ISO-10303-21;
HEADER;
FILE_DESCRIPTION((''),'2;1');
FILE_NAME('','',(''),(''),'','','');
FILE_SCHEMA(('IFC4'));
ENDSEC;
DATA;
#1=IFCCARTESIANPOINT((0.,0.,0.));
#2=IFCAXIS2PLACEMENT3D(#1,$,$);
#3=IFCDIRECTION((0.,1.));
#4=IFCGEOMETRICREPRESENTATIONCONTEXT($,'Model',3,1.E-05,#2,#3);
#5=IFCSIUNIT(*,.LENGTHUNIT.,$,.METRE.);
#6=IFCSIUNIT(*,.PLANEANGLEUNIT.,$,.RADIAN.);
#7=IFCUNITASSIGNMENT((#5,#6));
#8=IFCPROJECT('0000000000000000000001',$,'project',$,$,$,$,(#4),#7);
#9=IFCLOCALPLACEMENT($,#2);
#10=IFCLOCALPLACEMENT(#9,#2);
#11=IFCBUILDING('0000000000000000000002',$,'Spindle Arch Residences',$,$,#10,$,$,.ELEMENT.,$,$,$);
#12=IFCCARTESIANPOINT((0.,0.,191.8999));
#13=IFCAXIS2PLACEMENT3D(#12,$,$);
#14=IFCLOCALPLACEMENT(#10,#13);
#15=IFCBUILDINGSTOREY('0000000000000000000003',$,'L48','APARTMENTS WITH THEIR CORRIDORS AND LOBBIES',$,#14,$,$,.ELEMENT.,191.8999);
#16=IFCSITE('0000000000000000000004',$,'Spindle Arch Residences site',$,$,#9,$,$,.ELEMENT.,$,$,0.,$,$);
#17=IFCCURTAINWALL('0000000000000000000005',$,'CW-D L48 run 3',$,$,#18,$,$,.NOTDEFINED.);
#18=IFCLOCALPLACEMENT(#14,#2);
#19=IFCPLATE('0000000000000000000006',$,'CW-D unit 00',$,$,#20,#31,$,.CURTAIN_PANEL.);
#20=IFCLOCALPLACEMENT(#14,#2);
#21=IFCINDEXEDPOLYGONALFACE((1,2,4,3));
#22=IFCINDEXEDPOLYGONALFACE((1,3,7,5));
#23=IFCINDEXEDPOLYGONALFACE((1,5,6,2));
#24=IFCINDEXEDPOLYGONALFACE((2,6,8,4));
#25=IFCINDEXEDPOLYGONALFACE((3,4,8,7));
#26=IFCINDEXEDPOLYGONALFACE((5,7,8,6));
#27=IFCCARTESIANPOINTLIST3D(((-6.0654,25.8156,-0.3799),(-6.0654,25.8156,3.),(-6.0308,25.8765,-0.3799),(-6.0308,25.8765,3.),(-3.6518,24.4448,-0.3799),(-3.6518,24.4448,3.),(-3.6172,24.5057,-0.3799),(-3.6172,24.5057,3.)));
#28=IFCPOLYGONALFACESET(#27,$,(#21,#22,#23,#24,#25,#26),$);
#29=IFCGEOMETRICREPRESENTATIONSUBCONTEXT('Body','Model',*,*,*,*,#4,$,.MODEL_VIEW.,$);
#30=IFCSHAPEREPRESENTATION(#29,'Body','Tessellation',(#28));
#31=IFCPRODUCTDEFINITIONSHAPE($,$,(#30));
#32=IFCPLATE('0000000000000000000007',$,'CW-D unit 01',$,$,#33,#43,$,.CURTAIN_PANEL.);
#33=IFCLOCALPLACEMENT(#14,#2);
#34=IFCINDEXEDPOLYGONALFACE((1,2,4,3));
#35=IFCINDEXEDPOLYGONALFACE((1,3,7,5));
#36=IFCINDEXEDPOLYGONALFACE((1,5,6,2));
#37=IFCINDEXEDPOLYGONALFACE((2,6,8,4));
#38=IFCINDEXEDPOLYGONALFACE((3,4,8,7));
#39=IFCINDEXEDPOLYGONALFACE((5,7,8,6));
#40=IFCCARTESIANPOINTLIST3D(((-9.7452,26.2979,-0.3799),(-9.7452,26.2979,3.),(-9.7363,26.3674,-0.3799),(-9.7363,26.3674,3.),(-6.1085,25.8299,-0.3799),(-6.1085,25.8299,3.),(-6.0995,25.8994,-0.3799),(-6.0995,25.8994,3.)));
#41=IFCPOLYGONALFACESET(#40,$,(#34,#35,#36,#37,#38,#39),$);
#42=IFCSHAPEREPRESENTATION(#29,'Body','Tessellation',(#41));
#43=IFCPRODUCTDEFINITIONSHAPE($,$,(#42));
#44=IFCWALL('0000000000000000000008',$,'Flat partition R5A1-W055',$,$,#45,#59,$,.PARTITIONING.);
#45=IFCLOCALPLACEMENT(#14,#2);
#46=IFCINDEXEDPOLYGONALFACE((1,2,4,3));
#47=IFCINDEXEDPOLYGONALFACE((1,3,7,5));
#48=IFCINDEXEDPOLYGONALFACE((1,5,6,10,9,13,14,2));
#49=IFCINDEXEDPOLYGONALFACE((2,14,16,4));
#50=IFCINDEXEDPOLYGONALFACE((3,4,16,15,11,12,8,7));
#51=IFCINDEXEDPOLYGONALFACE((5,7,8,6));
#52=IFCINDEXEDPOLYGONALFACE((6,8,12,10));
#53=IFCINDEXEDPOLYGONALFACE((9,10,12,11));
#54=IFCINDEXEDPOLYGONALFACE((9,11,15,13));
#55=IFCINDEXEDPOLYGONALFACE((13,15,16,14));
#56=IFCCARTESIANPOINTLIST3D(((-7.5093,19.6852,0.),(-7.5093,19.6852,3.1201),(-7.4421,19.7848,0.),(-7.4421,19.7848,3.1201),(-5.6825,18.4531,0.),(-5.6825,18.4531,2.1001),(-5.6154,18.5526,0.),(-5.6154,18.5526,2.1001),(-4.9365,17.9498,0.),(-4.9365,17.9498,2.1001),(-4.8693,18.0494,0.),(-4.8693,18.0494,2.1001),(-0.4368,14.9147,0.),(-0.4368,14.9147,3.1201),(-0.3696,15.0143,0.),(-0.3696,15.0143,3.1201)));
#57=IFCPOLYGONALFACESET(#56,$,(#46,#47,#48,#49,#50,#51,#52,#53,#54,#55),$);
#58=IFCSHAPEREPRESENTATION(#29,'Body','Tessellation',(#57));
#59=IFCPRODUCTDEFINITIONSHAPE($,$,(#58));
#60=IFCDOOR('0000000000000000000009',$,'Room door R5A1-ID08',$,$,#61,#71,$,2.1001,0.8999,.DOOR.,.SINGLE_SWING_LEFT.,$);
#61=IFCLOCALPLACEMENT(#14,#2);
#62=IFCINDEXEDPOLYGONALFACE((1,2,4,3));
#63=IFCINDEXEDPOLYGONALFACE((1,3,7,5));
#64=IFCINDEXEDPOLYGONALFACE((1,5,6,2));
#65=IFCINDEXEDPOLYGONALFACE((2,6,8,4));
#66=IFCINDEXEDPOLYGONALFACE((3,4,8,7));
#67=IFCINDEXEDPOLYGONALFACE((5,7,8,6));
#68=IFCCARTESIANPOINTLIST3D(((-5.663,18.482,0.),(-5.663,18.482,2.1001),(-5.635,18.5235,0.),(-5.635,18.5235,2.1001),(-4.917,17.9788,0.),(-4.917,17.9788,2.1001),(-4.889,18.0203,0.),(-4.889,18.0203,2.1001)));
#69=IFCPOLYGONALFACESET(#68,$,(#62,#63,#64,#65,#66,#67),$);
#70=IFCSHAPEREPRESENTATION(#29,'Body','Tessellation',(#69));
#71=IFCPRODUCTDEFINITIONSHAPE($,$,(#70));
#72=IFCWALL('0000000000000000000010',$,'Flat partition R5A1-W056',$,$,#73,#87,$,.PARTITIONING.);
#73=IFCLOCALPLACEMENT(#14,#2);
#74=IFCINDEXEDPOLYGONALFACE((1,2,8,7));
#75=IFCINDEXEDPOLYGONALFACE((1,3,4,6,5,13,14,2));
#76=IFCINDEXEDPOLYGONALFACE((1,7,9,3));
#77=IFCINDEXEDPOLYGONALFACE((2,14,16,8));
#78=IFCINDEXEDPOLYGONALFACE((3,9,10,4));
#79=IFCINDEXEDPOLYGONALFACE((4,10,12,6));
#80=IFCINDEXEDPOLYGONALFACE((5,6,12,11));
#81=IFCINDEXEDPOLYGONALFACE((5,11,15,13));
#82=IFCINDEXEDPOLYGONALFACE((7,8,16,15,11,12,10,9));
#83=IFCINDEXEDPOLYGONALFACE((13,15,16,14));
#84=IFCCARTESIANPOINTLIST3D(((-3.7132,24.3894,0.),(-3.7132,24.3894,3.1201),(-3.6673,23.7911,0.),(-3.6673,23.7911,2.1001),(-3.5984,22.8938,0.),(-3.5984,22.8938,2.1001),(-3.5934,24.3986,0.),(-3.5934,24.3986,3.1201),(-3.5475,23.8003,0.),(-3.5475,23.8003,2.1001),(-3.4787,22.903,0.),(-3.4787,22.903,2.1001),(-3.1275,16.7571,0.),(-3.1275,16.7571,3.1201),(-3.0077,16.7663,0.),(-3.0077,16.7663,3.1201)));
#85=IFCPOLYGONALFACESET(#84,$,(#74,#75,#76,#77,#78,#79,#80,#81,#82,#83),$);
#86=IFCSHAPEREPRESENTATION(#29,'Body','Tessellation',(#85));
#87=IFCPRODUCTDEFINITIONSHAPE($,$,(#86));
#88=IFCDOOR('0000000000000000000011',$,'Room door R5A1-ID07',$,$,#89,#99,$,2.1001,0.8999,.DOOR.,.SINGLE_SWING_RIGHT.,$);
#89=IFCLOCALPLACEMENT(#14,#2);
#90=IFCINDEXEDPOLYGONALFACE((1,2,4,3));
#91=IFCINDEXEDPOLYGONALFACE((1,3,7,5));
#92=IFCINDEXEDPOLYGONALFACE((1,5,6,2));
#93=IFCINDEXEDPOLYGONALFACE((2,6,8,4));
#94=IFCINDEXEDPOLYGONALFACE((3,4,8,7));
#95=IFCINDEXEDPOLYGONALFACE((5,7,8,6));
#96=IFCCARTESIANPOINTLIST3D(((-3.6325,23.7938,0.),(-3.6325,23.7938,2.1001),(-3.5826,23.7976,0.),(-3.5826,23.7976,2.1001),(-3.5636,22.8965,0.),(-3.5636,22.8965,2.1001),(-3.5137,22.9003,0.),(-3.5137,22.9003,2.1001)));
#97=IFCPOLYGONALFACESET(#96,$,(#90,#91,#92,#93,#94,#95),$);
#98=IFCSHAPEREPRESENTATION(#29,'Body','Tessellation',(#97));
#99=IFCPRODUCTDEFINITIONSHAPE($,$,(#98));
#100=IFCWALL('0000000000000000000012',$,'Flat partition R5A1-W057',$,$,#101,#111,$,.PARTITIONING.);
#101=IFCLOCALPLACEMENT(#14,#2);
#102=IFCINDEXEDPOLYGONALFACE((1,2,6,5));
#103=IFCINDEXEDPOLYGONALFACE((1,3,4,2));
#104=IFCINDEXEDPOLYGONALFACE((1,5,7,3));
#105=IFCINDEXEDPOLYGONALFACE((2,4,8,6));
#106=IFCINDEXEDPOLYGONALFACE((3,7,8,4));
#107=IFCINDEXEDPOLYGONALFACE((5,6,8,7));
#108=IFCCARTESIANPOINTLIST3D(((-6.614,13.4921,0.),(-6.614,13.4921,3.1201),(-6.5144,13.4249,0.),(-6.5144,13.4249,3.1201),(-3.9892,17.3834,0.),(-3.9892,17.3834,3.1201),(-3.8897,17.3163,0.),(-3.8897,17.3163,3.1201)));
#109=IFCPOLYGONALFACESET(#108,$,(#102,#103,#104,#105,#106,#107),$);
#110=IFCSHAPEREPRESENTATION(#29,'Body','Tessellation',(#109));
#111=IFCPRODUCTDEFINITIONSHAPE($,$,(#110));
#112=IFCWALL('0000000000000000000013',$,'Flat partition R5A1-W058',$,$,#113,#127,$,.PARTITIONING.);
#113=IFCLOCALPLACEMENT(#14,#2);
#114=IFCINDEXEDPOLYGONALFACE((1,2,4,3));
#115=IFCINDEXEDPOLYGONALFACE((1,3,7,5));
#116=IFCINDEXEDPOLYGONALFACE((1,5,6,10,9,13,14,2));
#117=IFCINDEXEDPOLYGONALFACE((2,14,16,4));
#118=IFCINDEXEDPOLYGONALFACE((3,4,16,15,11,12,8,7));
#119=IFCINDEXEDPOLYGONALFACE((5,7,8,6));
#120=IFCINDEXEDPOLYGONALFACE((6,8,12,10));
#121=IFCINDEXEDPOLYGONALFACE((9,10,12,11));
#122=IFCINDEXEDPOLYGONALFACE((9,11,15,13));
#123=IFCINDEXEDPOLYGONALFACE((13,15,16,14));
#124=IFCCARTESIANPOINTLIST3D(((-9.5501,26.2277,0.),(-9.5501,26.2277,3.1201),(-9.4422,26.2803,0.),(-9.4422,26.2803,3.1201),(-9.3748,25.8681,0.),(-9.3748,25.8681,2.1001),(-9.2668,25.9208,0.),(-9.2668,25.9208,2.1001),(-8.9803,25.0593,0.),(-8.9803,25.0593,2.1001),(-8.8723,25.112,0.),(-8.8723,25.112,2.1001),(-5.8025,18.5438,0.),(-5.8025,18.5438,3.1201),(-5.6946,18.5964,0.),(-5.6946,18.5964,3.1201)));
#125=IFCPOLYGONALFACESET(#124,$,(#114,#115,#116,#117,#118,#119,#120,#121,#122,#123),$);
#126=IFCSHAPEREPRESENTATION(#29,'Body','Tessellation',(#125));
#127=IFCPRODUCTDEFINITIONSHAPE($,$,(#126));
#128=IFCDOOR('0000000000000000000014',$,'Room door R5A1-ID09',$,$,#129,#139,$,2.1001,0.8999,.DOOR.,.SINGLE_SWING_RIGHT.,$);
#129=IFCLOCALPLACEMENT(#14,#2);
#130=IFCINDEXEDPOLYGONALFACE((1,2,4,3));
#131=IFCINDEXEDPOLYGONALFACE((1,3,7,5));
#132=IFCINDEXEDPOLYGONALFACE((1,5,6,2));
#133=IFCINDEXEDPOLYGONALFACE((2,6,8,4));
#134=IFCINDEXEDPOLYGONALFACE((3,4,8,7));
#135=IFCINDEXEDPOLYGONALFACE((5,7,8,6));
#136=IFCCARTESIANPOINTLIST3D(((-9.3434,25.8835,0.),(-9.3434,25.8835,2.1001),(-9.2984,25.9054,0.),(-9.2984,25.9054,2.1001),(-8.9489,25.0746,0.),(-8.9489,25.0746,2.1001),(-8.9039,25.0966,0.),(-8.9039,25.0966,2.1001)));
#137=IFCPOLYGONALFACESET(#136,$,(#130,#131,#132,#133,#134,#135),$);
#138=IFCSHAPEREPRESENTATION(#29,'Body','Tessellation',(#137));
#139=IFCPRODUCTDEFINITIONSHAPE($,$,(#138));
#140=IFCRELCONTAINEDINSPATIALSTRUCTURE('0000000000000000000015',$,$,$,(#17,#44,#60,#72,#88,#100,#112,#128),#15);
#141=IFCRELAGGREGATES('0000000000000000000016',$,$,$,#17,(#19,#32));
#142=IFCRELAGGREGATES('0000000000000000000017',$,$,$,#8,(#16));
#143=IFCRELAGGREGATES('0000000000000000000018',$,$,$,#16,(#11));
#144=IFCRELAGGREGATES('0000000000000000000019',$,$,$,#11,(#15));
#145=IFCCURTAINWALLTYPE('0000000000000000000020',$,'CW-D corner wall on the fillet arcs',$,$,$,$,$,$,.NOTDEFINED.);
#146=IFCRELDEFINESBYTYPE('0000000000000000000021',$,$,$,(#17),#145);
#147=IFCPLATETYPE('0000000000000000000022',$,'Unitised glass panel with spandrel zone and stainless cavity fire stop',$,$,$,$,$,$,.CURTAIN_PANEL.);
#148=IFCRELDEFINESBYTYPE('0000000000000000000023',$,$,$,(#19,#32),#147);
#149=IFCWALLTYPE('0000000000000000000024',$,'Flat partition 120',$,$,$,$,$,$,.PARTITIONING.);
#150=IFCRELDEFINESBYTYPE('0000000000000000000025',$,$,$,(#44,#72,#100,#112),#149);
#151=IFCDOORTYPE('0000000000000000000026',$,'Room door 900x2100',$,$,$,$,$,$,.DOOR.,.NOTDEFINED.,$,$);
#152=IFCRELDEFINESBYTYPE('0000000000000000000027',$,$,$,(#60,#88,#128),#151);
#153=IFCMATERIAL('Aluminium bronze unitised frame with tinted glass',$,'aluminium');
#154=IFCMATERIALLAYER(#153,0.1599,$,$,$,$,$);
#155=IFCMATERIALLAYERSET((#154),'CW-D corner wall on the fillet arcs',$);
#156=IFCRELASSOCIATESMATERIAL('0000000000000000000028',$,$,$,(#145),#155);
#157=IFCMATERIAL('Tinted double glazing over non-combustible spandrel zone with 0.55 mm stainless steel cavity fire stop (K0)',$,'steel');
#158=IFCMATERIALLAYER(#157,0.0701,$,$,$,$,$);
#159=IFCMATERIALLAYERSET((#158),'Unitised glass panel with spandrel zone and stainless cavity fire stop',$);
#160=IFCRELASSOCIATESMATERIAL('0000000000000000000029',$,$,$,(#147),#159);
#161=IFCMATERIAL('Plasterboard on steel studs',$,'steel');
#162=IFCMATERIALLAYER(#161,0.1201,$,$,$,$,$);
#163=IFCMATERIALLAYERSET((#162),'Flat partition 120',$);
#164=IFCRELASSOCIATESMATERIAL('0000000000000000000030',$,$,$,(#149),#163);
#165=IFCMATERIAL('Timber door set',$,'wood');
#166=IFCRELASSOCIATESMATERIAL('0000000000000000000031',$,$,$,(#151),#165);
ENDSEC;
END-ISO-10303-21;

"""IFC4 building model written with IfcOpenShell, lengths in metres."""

from ifc_helpers import new_model, si_unit, direction, frame, frame_2d, origin, origin_2d, place, context, subcontext, project, spatial, rectangle, extrude, material, layer, layer_set, type_object, element, fill, aggregate, save


model = new_model("IFC4")

# Units and contexts
model_context = context("Model", 3, precision=1e-05, world=origin(), true_north=direction((0.0, 1.0)))
body_context = subcontext(model_context, "Body", "Model", "MODEL_VIEW")
ifc_project = project(units=[si_unit("LENGTHUNIT", "METRE"), si_unit("PLANEANGLEUNIT", "RADIAN")], contexts=[model_context])

# Site, building, storey
site_placement = place(None, origin())
site = spatial("IfcSite", under=ifc_project, at=site_placement, Name="Spindle Arch Residences site", CompositionType="ELEMENT", RefElevation=0.0)
building_placement = place(site_placement, origin())
building = spatial("IfcBuilding", under=site, at=building_placement, Name="Spindle Arch Residences", CompositionType="ELEMENT")
storey_placement = place(building_placement, frame((0.0, 0.0, 191.8999)))
storey = spatial("IfcBuildingStorey", under=building, at=storey_placement, Name="L48", Description="APARTMENTS WITH THEIR CORRIDORS AND LOBBIES", CompositionType="ELEMENT", Elevation=191.8999)

# Curtain wall
ifc_material_1 = material(Name="Aluminium bronze unitised frame with tinted glass", Category="aluminium")
ifc_layer_1 = layer(ifc_material_1, 0.1599)
ifc_layer_set_1 = layer_set([ifc_layer_1], Name="CW-D corner wall on the fillet arcs")
curtain_wall_type = type_object("IfcCurtainWallType", Name="CW-D corner wall on the fillet arcs", PredefinedType="NOTDEFINED", material=ifc_layer_set_1)
curtain_wall_placement = place(storey_placement, origin())
curtain_wall = element("IfcCurtainWall", 1, at=curtain_wall_placement, inside=storey, type_object=curtain_wall_type, Name="CW-D L48 run 3", PredefinedType="NOTDEFINED")

# Plates
ifc_material_2 = material(Name="Tinted double glazing over non-combustible spandrel zone with 0.55 mm stainless steel cavity fire stop (K0)", Category="steel")
ifc_layer_2 = layer(ifc_material_2, 0.0701)
ifc_layer_set_2 = layer_set([ifc_layer_2], Name="Unitised glass panel with spandrel zone and stainless cavity fire stop")
plate_type = type_object("IfcPlateType", Name="Unitised glass panel with spandrel zone and stainless cavity fire stop", PredefinedType="CURTAIN_PANEL", material=ifc_layer_set_2)
plate_1_placement = place(storey_placement, frame((-4.8413, 25.1606, -0.3799), z_axis=(0.0, 0.0, 1.0), x_axis=(-0.869539, 0.493865, 0.0)))
plate_1 = element("IfcPlate", 2, at=plate_1_placement, type_object=plate_type, Name="CW-D unit 00", PredefinedType="CURTAIN_PANEL", context=body_context, shape_type="SweptSolid", body=[
    extrude(rectangle(XDim=2.7756, YDim=0.0701, at=origin_2d()), origin(), (0.0, 0.0, 1.0), 3.3799),
])
plate_2_placement = place(storey_placement, frame((-7.9224, 26.0986, -0.3799), z_axis=(0.0, 0.0, 1.0), x_axis=(-0.99182, 0.127642, 0.0)))
plate_2 = element("IfcPlate", 3, at=plate_2_placement, type_object=plate_type, Name="CW-D unit 01", PredefinedType="CURTAIN_PANEL", context=body_context, shape_type="SweptSolid", body=[
    extrude(rectangle(XDim=3.6667, YDim=0.0701, at=origin_2d()), origin(), (0.0, 0.0, 1.0), 3.3799),
])
aggregate(curtain_wall, [plate_1, plate_2])

# Walls, openings, doors
ifc_material_3 = material(Name="Plasterboard on steel studs", Category="steel")
ifc_layer_3 = layer(ifc_material_3, 0.1201)
ifc_layer_set_3 = layer_set([ifc_layer_3], Name="Flat partition 120")
wall_type_1 = type_object("IfcWallType", Name="Flat partition 120", PredefinedType="PARTITIONING", material=ifc_layer_set_3)
wall_1_placement = place(storey_placement, frame((-7.4758, 19.7351, 0.0), z_axis=(0.0, 0.0, 1.0), x_axis=(0.829035, -0.559196, 0.0)))
wall_1 = element("IfcWall", 4, at=wall_1_placement, inside=storey, type_object=wall_type_1, Name="Flat partition R5A1-W055", PredefinedType="PARTITIONING", context=body_context, shape_type="SweptSolid", body=[
    extrude(rectangle(XDim=8.531, YDim=0.1201, at=frame_2d((4.2656, 0.0))), origin(), (0.0, 0.0, 1.0), 3.1201),
])
opening_1_placement = place(wall_1_placement, frame((2.2036, 0.0, 0.0)))
opening_1 = element("IfcOpeningElement", 5, at=opening_1_placement, cuts=wall_1, PredefinedType="OPENING", context=body_context, shape_type="SweptSolid", body=[
    extrude(rectangle(XDim=0.8999, YDim=2.1001, at=frame_2d((0.45, 1.05))), frame((0.0, 0.0701, 0.0), z_axis=(0.0, -1.0, 0.0), x_axis=(1.0, 0.0, 0.0)), (0.0, 0.0, 1.0), 0.1401),
])
ifc_material_4 = material(Name="Timber door set", Category="wood")
door_type_1 = type_object("IfcDoorType", Name="Room door 900x2100", OperationType="NOTDEFINED", PredefinedType="DOOR", material=ifc_material_4)
door_1_placement = place(opening_1_placement, origin())
door_1 = element("IfcDoor", 6, at=door_1_placement, inside=storey, type_object=door_type_1, Name="Room door R5A1-ID08", OperationType="SINGLE_SWING_LEFT", OverallHeight=2.1001, OverallWidth=0.8999, PredefinedType="DOOR", context=body_context, shape_type="SweptSolid", body=[
    extrude(rectangle(XDim=0.8999, YDim=2.1001, at=frame_2d((0.45, 1.05))), frame((0.0, 0.0249, 0.0), z_axis=(0.0, -1.0, 0.0), x_axis=(1.0, 0.0, 0.0)), (0.0, 0.0, 1.0), 0.05),
])
fill(opening_1, door_1)
wall_2_placement = place(storey_placement, frame((-3.6533, 24.394, 0.0), z_axis=(0.0, 0.0, 1.0), x_axis=(0.076514, -0.997069, 0.0)))
wall_2 = element("IfcWall", 7, at=wall_2_placement, inside=storey, type_object=wall_type_1, Name="Flat partition R5A1-W056", PredefinedType="PARTITIONING", context=body_context, shape_type="SweptSolid", body=[
    extrude(rectangle(XDim=7.6548, YDim=0.1201, at=frame_2d((3.8274, 0.0))), origin(), (0.0, 0.0, 1.0), 3.1201),
])
opening_2_placement = place(wall_2_placement, frame((0.6001, 0.0, 0.0)))
opening_2 = element("IfcOpeningElement", 8, at=opening_2_placement, cuts=wall_2, PredefinedType="OPENING", context=body_context, shape_type="SweptSolid", body=[
    extrude(rectangle(XDim=0.8999, YDim=2.1001, at=frame_2d((0.45, 1.05))), frame((0.0, 0.0701, 0.0), z_axis=(0.0, -1.0, 0.0), x_axis=(1.0, 0.0, 0.0)), (0.0, 0.0, 1.0), 0.1401),
])
door_2_placement = place(opening_2_placement, origin())
door_2 = element("IfcDoor", 9, at=door_2_placement, inside=storey, type_object=door_type_1, Name="Room door R5A1-ID07", OperationType="SINGLE_SWING_RIGHT", OverallHeight=2.1001, OverallWidth=0.8999, PredefinedType="DOOR", context=body_context, shape_type="SweptSolid", body=[
    extrude(rectangle(XDim=0.8999, YDim=2.1001, at=frame_2d((0.45, 1.05))), frame((0.0, 0.0249, 0.0), z_axis=(0.0, -1.0, 0.0), x_axis=(1.0, 0.0, 0.0)), (0.0, 0.0, 1.0), 0.05),
])
fill(opening_2, door_2)

# Wall
wall_3_placement = place(storey_placement, frame((-3.9395, 17.3499, 0.0), z_axis=(0.0, 0.0, 1.0), x_axis=(-0.559193, -0.829037, 0.0)))
element("IfcWall", 10, at=wall_3_placement, inside=storey, type_object=wall_type_1, Name="Flat partition R5A1-W057", PredefinedType="PARTITIONING", context=body_context, shape_type="SweptSolid", body=[
    extrude(rectangle(XDim=4.6938, YDim=0.1201, at=frame_2d((2.3469, 0.0))), origin(), (0.0, 0.0, 1.0), 3.1201),
])

# Wall, opening, door
wall_4_placement = place(storey_placement, frame((-9.4961, 26.2539, 0.0), z_axis=(0.0, 0.0, 1.0), x_axis=(0.438362, -0.898799, 0.0)))
wall_4 = element("IfcWall", 11, at=wall_4_placement, inside=storey, type_object=wall_type_1, Name="Flat partition R5A1-W058", PredefinedType="PARTITIONING", context=body_context, shape_type="SweptSolid", body=[
    extrude(rectangle(XDim=8.5491, YDim=0.1201, at=frame_2d((4.2744, 0.0))), origin(), (0.0, 0.0, 1.0), 3.1201),
])
opening_3_placement = place(wall_4_placement, frame((0.3999, 0.0, 0.0)))
opening_3 = element("IfcOpeningElement", 12, at=opening_3_placement, cuts=wall_4, PredefinedType="OPENING", context=body_context, shape_type="SweptSolid", body=[
    extrude(rectangle(XDim=0.8999, YDim=2.1001, at=frame_2d((0.45, 1.05))), frame((0.0, 0.0701, 0.0), z_axis=(0.0, -1.0, 0.0), x_axis=(1.0, 0.0, 0.0)), (0.0, 0.0, 1.0), 0.1401),
])
door_3_placement = place(opening_3_placement, origin())
door_3 = element("IfcDoor", 13, at=door_3_placement, inside=storey, type_object=door_type_1, Name="Room door R5A1-ID09", OperationType="SINGLE_SWING_RIGHT", OverallHeight=2.1001, OverallWidth=0.8999, PredefinedType="DOOR", context=body_context, shape_type="SweptSolid", body=[
    extrude(rectangle(XDim=0.8999, YDim=2.1001, at=frame_2d((0.45, 1.05))), frame((0.0, 0.0249, 0.0), z_axis=(0.0, -1.0, 0.0), x_axis=(1.0, 0.0, 0.0)), (0.0, 0.0, 1.0), 0.05),
])
fill(opening_3, door_3)

save(model, "model.ifc")
